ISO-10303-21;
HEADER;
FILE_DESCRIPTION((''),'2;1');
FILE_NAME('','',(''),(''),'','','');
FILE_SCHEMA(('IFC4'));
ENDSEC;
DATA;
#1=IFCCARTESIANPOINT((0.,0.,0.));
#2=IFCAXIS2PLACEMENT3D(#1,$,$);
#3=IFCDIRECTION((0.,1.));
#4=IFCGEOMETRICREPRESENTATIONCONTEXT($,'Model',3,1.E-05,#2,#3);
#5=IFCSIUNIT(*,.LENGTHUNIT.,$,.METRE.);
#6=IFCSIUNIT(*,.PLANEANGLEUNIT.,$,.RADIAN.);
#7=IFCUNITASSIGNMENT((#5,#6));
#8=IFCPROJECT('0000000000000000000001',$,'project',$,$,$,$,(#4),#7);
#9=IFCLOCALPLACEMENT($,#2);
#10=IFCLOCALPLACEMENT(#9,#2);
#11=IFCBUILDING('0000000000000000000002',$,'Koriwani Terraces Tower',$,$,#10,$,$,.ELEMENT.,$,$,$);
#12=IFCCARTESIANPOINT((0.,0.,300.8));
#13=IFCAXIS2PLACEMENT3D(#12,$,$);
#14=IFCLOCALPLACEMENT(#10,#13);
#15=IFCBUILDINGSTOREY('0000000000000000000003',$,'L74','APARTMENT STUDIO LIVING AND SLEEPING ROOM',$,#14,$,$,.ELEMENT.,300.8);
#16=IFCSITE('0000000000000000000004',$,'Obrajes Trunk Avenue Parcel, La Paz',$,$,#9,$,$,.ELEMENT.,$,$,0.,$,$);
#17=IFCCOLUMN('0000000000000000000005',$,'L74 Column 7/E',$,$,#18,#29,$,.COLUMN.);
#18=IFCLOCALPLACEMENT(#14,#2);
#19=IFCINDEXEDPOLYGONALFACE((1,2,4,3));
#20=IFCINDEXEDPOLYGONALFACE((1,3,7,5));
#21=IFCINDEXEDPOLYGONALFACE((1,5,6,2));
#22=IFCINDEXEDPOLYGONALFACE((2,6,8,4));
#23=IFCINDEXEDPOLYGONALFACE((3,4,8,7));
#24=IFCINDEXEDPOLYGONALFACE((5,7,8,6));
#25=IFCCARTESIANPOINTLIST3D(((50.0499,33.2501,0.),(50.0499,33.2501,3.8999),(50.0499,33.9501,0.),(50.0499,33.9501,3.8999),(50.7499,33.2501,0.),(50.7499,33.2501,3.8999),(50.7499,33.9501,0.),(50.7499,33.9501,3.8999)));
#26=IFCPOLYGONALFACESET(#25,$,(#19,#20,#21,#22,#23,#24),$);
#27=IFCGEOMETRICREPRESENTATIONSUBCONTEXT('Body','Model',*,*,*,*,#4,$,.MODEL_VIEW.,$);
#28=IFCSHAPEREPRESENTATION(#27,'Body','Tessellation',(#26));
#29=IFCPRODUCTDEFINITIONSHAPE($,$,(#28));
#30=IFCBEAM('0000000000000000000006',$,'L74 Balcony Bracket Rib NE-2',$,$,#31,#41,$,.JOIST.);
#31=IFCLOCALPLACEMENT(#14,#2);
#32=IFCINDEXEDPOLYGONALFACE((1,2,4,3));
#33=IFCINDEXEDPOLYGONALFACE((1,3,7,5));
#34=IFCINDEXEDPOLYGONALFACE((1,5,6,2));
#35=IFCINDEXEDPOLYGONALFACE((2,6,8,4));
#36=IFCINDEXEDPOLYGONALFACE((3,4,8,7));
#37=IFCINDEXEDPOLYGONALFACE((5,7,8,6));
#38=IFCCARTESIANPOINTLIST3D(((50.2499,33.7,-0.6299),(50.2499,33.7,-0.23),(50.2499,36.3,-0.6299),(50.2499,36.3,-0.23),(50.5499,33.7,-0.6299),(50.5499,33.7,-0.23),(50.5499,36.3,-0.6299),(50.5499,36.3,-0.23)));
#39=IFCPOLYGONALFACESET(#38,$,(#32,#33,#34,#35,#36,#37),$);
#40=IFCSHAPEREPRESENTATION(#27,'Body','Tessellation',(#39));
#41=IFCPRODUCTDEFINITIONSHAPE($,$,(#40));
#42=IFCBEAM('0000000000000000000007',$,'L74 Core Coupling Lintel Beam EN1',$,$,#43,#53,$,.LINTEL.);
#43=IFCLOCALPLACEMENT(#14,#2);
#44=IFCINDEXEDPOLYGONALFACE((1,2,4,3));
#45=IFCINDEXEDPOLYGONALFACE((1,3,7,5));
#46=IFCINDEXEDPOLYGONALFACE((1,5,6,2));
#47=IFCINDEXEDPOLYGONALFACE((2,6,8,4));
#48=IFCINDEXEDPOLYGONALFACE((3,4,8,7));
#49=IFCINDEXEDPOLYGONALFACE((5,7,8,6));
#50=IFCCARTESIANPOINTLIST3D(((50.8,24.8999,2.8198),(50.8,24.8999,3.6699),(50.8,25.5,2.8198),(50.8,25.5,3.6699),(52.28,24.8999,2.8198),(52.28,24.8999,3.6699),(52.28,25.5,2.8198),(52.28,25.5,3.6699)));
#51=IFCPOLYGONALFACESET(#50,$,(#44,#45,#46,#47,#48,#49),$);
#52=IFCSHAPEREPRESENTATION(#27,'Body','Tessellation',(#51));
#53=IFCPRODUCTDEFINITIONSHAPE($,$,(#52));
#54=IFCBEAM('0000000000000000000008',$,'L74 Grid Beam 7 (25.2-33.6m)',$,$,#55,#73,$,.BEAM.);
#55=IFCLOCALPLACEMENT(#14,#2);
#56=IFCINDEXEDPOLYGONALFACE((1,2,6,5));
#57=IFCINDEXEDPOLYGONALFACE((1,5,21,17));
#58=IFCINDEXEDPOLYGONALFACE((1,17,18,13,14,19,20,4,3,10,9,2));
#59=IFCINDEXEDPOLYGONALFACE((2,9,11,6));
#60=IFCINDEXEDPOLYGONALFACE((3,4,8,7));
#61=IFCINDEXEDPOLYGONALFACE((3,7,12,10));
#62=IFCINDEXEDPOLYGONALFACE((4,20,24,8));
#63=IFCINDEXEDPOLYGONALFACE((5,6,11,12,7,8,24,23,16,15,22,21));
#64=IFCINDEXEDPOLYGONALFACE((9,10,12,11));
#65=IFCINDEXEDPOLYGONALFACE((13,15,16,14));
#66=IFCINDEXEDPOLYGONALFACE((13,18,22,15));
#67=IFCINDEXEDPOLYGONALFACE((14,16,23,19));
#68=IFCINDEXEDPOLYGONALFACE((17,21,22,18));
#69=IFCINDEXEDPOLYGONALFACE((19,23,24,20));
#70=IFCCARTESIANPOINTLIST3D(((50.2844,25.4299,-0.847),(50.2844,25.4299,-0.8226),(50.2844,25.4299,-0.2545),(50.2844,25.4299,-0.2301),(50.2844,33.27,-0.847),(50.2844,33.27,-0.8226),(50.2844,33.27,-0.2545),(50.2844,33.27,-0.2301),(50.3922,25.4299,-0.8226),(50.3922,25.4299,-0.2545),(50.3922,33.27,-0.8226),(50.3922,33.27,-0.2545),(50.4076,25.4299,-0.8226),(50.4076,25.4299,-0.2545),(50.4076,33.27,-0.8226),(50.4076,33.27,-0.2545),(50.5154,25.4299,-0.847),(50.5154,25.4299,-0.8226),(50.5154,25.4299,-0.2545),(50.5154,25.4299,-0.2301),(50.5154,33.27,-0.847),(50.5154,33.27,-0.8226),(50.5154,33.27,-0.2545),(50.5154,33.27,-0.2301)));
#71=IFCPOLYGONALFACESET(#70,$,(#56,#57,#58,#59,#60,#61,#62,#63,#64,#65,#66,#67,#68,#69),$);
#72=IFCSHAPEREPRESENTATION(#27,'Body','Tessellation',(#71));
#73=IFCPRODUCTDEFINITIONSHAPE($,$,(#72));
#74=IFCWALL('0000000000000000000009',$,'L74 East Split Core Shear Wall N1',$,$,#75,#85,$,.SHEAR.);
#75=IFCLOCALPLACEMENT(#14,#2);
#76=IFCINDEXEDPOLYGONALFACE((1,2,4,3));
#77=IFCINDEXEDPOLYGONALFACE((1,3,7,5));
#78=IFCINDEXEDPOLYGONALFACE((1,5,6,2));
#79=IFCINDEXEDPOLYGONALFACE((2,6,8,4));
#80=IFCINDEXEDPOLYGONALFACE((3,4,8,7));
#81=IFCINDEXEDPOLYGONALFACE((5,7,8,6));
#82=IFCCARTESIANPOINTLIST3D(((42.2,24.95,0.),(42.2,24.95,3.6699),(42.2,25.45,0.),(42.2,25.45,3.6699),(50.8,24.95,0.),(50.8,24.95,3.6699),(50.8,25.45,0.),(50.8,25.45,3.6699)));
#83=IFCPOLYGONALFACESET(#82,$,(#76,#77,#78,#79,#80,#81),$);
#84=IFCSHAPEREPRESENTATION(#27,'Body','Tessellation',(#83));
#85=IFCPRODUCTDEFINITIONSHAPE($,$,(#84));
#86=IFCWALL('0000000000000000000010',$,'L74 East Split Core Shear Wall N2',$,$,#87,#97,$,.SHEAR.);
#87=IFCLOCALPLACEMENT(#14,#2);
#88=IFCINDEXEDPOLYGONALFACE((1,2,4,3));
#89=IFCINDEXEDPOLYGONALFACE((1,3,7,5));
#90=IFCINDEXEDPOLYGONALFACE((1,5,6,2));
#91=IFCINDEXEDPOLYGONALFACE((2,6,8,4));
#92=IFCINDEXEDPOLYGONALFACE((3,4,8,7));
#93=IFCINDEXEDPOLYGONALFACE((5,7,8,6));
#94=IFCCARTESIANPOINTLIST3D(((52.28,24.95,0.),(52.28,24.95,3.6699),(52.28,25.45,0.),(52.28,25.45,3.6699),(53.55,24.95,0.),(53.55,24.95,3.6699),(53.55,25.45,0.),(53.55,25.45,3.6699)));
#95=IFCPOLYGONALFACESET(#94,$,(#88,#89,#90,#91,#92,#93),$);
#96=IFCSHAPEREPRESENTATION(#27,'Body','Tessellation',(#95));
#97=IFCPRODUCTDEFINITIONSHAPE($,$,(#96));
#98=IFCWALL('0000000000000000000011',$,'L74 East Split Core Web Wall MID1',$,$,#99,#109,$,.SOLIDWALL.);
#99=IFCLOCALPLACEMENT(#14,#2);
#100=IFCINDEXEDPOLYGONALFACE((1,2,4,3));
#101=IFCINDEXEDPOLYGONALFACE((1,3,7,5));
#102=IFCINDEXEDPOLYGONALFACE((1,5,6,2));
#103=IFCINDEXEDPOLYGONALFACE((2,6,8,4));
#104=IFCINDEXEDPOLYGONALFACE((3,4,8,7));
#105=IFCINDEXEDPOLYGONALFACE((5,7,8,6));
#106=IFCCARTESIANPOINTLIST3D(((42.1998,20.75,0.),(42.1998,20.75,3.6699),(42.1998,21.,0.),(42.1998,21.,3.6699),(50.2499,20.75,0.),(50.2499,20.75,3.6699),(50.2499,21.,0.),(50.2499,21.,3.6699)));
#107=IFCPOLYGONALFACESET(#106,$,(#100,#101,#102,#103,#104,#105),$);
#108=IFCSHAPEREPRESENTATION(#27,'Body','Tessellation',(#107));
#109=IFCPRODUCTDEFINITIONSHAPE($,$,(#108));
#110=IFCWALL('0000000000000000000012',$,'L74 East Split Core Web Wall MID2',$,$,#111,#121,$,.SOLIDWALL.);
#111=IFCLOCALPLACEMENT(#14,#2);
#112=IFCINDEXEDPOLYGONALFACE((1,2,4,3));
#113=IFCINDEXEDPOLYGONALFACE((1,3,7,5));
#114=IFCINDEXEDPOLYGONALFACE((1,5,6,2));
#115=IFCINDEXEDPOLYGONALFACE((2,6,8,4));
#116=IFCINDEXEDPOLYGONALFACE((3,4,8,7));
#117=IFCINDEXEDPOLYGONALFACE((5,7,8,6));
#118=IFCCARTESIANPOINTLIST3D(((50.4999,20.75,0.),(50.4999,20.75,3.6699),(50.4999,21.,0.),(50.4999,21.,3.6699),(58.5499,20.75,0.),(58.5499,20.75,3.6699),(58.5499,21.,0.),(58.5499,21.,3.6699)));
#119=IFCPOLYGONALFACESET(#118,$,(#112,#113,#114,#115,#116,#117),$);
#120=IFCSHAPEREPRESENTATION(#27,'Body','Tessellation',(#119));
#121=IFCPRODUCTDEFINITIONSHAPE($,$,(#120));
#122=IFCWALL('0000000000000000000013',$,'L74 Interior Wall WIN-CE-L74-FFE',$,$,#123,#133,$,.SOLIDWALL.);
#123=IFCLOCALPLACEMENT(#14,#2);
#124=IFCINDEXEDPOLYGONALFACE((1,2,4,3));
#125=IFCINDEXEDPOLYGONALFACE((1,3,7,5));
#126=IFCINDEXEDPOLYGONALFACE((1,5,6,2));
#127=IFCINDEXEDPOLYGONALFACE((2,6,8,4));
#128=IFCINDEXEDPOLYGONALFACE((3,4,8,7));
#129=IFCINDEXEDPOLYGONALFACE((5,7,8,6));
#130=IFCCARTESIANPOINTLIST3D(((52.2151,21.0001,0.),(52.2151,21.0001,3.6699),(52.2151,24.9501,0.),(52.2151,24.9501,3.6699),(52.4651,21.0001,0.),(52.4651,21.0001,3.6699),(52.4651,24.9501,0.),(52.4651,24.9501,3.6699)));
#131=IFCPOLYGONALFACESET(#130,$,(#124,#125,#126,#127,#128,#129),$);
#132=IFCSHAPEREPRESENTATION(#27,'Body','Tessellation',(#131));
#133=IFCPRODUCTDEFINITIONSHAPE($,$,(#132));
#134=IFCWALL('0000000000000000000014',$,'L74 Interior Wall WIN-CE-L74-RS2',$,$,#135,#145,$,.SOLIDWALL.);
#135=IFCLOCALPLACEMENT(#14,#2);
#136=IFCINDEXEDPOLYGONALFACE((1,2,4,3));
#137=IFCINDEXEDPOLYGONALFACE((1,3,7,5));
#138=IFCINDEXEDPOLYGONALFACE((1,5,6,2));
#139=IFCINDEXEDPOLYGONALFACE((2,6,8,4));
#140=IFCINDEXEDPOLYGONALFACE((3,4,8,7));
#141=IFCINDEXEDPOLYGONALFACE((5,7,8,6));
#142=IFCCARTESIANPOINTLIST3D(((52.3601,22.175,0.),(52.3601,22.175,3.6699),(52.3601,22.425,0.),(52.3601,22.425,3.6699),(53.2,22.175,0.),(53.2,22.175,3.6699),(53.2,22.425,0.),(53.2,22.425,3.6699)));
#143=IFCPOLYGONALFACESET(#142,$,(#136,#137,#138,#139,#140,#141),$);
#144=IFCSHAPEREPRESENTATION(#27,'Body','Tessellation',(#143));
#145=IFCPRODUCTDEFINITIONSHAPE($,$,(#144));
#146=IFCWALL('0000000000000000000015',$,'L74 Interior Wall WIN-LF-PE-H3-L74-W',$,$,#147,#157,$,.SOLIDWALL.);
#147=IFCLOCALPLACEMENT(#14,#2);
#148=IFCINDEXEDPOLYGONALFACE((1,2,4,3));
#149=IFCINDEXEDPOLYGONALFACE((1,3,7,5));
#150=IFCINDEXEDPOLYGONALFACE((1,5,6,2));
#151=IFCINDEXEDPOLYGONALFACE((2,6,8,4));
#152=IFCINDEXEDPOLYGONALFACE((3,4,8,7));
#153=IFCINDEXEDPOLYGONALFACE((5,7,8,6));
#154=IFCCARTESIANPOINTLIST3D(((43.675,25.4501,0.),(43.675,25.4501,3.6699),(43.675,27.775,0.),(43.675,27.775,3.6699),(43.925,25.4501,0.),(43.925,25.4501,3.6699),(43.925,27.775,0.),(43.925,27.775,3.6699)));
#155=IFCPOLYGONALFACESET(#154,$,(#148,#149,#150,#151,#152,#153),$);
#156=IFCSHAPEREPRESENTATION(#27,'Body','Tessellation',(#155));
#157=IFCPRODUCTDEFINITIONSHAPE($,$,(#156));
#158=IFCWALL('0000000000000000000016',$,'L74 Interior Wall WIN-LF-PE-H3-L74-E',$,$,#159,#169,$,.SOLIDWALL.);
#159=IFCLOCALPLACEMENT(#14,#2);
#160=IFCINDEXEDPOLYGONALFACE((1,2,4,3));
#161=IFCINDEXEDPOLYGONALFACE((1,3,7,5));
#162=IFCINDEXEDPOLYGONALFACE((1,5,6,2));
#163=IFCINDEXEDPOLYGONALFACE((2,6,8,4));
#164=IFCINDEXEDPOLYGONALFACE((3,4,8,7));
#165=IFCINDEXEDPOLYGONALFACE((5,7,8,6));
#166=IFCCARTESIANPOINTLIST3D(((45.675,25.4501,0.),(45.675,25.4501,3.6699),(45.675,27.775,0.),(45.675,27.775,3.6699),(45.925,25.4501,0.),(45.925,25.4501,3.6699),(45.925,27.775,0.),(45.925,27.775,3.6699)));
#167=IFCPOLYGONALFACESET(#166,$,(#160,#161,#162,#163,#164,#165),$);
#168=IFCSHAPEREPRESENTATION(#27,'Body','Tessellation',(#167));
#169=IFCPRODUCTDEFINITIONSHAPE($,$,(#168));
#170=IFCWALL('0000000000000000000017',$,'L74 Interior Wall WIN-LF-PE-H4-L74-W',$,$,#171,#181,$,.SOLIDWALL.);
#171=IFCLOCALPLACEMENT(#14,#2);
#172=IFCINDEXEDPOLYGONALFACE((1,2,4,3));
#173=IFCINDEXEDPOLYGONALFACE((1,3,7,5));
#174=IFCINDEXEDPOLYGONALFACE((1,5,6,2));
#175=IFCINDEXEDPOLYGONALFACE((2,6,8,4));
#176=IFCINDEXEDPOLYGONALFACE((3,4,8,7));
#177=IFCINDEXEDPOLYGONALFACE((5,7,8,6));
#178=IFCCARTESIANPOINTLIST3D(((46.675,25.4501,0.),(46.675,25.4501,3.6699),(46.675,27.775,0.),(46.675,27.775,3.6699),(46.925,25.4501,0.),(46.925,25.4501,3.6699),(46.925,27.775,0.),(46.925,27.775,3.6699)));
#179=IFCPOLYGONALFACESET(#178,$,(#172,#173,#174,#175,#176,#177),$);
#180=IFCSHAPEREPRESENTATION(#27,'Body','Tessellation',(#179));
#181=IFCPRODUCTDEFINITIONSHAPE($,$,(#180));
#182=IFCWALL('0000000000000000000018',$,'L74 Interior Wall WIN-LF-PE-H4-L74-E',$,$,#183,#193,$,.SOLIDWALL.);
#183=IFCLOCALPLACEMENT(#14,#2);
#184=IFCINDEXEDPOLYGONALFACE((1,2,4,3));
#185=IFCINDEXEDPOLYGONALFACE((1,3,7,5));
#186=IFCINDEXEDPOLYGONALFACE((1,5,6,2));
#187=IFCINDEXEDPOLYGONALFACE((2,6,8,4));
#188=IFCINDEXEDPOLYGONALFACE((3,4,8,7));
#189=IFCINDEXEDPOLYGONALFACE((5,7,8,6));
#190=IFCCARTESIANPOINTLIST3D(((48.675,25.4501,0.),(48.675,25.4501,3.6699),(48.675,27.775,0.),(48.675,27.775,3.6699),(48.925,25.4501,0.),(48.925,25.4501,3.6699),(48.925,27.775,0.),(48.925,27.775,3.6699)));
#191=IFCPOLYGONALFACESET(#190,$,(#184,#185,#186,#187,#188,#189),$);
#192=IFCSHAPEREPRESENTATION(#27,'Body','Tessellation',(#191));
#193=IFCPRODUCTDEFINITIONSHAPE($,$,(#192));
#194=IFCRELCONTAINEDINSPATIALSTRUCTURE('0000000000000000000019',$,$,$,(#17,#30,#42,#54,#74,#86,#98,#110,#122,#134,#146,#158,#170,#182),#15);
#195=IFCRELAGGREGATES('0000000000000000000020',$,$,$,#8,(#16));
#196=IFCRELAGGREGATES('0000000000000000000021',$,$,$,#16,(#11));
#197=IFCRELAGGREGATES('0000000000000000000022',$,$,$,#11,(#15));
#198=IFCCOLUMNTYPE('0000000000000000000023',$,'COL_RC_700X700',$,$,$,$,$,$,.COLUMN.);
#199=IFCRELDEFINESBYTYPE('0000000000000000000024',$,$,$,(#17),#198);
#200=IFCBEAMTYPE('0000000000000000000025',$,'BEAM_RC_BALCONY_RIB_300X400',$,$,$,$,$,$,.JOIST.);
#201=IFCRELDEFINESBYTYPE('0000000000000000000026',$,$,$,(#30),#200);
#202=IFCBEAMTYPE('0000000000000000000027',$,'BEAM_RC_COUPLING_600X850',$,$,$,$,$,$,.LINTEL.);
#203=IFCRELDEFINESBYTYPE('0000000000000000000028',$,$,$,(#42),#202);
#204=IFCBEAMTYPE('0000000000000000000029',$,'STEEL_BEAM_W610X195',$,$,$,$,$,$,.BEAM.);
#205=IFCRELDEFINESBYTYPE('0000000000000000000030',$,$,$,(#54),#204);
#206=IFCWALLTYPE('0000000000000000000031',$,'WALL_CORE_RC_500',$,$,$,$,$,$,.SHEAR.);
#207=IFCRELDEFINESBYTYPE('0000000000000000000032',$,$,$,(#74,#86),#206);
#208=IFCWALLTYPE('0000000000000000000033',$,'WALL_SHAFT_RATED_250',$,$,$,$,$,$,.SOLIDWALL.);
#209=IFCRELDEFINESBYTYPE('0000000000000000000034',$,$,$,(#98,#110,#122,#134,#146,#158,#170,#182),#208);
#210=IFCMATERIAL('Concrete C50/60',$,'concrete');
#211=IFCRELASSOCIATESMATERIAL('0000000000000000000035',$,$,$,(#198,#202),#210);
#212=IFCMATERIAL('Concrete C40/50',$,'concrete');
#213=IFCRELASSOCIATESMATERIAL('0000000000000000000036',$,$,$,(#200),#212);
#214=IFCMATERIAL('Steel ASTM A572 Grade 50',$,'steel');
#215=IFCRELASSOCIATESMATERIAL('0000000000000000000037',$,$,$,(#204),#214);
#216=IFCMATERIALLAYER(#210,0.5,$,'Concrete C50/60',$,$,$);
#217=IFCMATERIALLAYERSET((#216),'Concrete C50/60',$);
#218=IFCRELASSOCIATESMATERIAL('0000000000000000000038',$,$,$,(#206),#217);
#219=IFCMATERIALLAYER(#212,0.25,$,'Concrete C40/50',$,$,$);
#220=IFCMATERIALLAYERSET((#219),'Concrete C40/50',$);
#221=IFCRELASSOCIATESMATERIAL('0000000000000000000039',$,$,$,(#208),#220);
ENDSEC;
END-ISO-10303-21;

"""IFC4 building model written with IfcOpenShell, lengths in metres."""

from ifc_helpers import new_model, si_unit, direction, frame, frame_2d, origin, origin_2d, place, context, subcontext, project, spatial, rectangle, i_section, extrude, material, layer, layer_set, material_profile, profile_set, type_object, element, save


model = new_model("IFC4")

# Units and contexts
model_context = context("Model", 3, precision=1e-05, world=origin(), true_north=direction((0.0, 1.0)))
body_context = subcontext(model_context, "Body", "Model", "MODEL_VIEW")
ifc_project = project(units=[si_unit("LENGTHUNIT", "METRE"), si_unit("PLANEANGLEUNIT", "RADIAN")], contexts=[model_context])

# Site, building, storey
site_placement = place(None, origin())
site = spatial("IfcSite", under=ifc_project, at=site_placement, Name="Obrajes Trunk Avenue Parcel, La Paz", CompositionType="ELEMENT", RefElevation=0.0)
building_placement = place(site_placement, origin())
building = spatial("IfcBuilding", under=site, at=building_placement, Name="Koriwani Terraces Tower", CompositionType="ELEMENT")
storey_placement = place(building_placement, frame((0.0, 0.0, 300.8)))
storey = spatial("IfcBuildingStorey", under=building, at=storey_placement, Name="L74", Description="APARTMENT STUDIO LIVING AND SLEEPING ROOM", CompositionType="ELEMENT", Elevation=300.8)

# Column
ifc_material_1 = material(Name="Concrete C50/60", Category="concrete")
ifc_material_profile_1 = material_profile(ifc_material_1, rectangle(XDim=0.7, YDim=0.7, at=origin_2d()), Name="Concrete C50/60", Category="LoadBearing")
ifc_profile_set_1 = profile_set([ifc_material_profile_1], Name="Concrete C50/60")
column_type = type_object("IfcColumnType", Name="COL_RC_700X700", PredefinedType="COLUMN", material=ifc_profile_set_1)
column_placement = place(storey_placement, frame((50.3999, 33.6001, 0.0), z_axis=(0.0, 0.0, 1.0), x_axis=(1.0, 0.0, 0.0)))
element("IfcColumn", 1, at=column_placement, inside=storey, type_object=column_type, Name="L74 Column 7/E", PredefinedType="COLUMN", context=body_context, shape_type="SweptSolid", body=[
    extrude(rectangle(XDim=0.7, YDim=0.7, at=origin_2d()), origin(), (0.0, 0.0, 1.0), 3.8999),
])

# Beams
ifc_material_2 = material(Name="Concrete C40/50", Category="concrete")
ifc_material_profile_2 = material_profile(ifc_material_2, rectangle(XDim=0.3, YDim=0.3999, at=origin_2d()), Name="Concrete C40/50", Category="LoadBearing")
ifc_profile_set_2 = profile_set([ifc_material_profile_2], Name="Concrete C40/50")
beam_type_1 = type_object("IfcBeamType", Name="BEAM_RC_BALCONY_RIB_300X400", PredefinedType="JOIST", material=ifc_profile_set_2)
beam_1_placement = place(storey_placement, frame((50.3999, 33.7, -0.4299), z_axis=(0.0, 1.0, 0.0), x_axis=(-1.0, 0.0, 0.0)))
element("IfcBeam", 2, at=beam_1_placement, inside=storey, type_object=beam_type_1, Name="L74 Balcony Bracket Rib NE-2", PredefinedType="JOIST", context=body_context, shape_type="SweptSolid", body=[
    extrude(rectangle(XDim=0.3, YDim=0.3999, at=origin_2d()), origin(), (0.0, 0.0, 1.0), 2.6001),
])
ifc_material_profile_3 = material_profile(ifc_material_1, rectangle(XDim=0.6001, YDim=0.8501, at=origin_2d()), Name="Concrete C50/60", Category="LoadBearing")
ifc_profile_set_3 = profile_set([ifc_material_profile_3], Name="Concrete C50/60")
beam_type_2 = type_object("IfcBeamType", Name="BEAM_RC_COUPLING_600X850", PredefinedType="LINTEL", material=ifc_profile_set_3)
beam_2_placement = place(storey_placement, frame((50.8, 25.2, 3.2449), z_axis=(1.0, 0.0, 0.0), x_axis=(0.0, 1.0, 0.0)))
element("IfcBeam", 3, at=beam_2_placement, inside=storey, type_object=beam_type_2, Name="L74 Core Coupling Lintel Beam EN1", PredefinedType="LINTEL", context=body_context, shape_type="SweptSolid", body=[
    extrude(rectangle(XDim=0.6001, YDim=0.8501, at=origin_2d()), origin(), (0.0, 0.0, 1.0), 1.48),
])
ifc_material_3 = material(Name="Steel ASTM A572 Grade 50", Category="steel")
ifc_material_profile_4 = material_profile(ifc_material_3, i_section(OverallWidth=0.231, OverallDepth=0.6169, WebThickness=0.0154, FlangeThickness=0.0244, at=origin_2d()), Name="Steel ASTM A572 Grade 50", Category="LoadBearing")
ifc_profile_set_4 = profile_set([ifc_material_profile_4], Name="Steel ASTM A572 Grade 50")
beam_type_3 = type_object("IfcBeamType", Name="STEEL_BEAM_W610X195", PredefinedType="BEAM", material=ifc_profile_set_4)
beam_3_placement = place(storey_placement, frame((50.3999, 25.4299, -0.5386), z_axis=(0.0, 1.0, 0.0), x_axis=(-1.0, 0.0, 0.0)))
element("IfcBeam", 4, at=beam_3_placement, inside=storey, type_object=beam_type_3, Name="L74 Grid Beam 7 (25.2-33.6m)", PredefinedType="BEAM", context=body_context, shape_type="SweptSolid", body=[
    extrude(i_section(OverallWidth=0.231, OverallDepth=0.6169, WebThickness=0.0154, FlangeThickness=0.0244, at=origin_2d()), origin(), (0.0, 0.0, 1.0), 7.8401),
])

# Walls
ifc_layer_1 = layer(ifc_material_1, 0.5, Name="Concrete C50/60")
ifc_layer_set_1 = layer_set([ifc_layer_1], Name="Concrete C50/60")
wall_type_1 = type_object("IfcWallType", Name="WALL_CORE_RC_500", PredefinedType="SHEAR", material=ifc_layer_set_1)
wall_1_placement = place(storey_placement, frame((42.2, 25.2, 0.0), z_axis=(0.0, 0.0, 1.0), x_axis=(1.0, 0.0, 0.0)))
element("IfcWall", 5, at=wall_1_placement, inside=storey, type_object=wall_type_1, Name="L74 East Split Core Shear Wall N1", PredefinedType="SHEAR", context=body_context, shape_type="SweptSolid", body=[
    extrude(rectangle(XDim=8.6001, YDim=0.5, at=frame_2d((4.3, 0.0))), origin(), (0.0, 0.0, 1.0), 3.6699),
])
wall_2_placement = place(storey_placement, frame((52.28, 25.2, 0.0), z_axis=(0.0, 0.0, 1.0), x_axis=(1.0, 0.0, 0.0)))
element("IfcWall", 6, at=wall_2_placement, inside=storey, type_object=wall_type_1, Name="L74 East Split Core Shear Wall N2", PredefinedType="SHEAR", context=body_context, shape_type="SweptSolid", body=[
    extrude(rectangle(XDim=1.27, YDim=0.5, at=frame_2d((0.635, 0.0))), origin(), (0.0, 0.0, 1.0), 3.6699),
])
ifc_layer_2 = layer(ifc_material_2, 0.25, Name="Concrete C40/50")
ifc_layer_set_2 = layer_set([ifc_layer_2], Name="Concrete C40/50")
wall_type_2 = type_object("IfcWallType", Name="WALL_SHAFT_RATED_250", PredefinedType="SOLIDWALL", material=ifc_layer_set_2)
for number, where, z_axis, x_axis, name in (
    (7, (42.2, 20.875, 0.0), (0.0, 0.0, 1.0), (1.0, 0.0, 0.0), "L74 East Split Core Web Wall MID1"),
    (8, (50.5, 20.875, 0.0), (0.0, 0.0, 1.0), (1.0, 0.0, 0.0), "L74 East Split Core Web Wall MID2"),
):
    element("IfcWall", number, at=place(storey_placement, frame(where, z_axis=z_axis, x_axis=x_axis)), inside=storey, type_object=wall_type_2, Name=name, PredefinedType="SOLIDWALL", context=body_context, shape_type="SweptSolid", body=[
        extrude(rectangle(XDim=8.05, YDim=0.25, at=frame_2d((4.0249, 0.0))), origin(), (0.0, 0.0, 1.0), 3.6699),
    ])

# Walls
wall_3_placement = place(storey_placement, frame((52.3401, 21.0, 0.0), z_axis=(0.0, 0.0, 1.0), x_axis=(0.0, 1.0, 0.0)))
element("IfcWall", 9, at=wall_3_placement, inside=storey, type_object=wall_type_2, Name="L74 Interior Wall WIN-CE-L74-FFE", PredefinedType="SOLIDWALL", context=body_context, shape_type="SweptSolid", body=[
    extrude(rectangle(XDim=3.95, YDim=0.25, at=frame_2d((1.9751, 0.0))), origin(), (0.0, 0.0, 1.0), 3.6699),
])
wall_4_placement = place(storey_placement, frame((52.3601, 22.3, 0.0), z_axis=(0.0, 0.0, 1.0), x_axis=(1.0, 0.0, 0.0)))
element("IfcWall", 10, at=wall_4_placement, inside=storey, type_object=wall_type_2, Name="L74 Interior Wall WIN-CE-L74-RS2", PredefinedType="SOLIDWALL", context=body_context, shape_type="SweptSolid", body=[
    extrude(rectangle(XDim=0.8398, YDim=0.25, at=frame_2d((0.4199, 0.0))), origin(), (0.0, 0.0, 1.0), 3.6699),
])

# Walls
for number, where, z_axis, x_axis, name in (
    (11, (43.8, 25.45, 0.0), (0.0, 0.0, 1.0), (0.0, 1.0, 0.0), "L74 Interior Wall WIN-LF-PE-H3-L74-W"),
    (12, (45.8, 25.45, 0.0), (0.0, 0.0, 1.0), (0.0, 1.0, 0.0), "L74 Interior Wall WIN-LF-PE-H3-L74-E"),
):
    element("IfcWall", number, at=place(storey_placement, frame(where, z_axis=z_axis, x_axis=x_axis)), inside=storey, type_object=wall_type_2, Name=name, PredefinedType="SOLIDWALL", context=body_context, shape_type="SweptSolid", body=[
        extrude(rectangle(XDim=2.325, YDim=0.25, at=frame_2d((1.1626, 0.0))), origin(), (0.0, 0.0, 1.0), 3.6699),
    ])

# Walls
for number, where, z_axis, x_axis, name in (
    (13, (46.8, 25.45, 0.0), (0.0, 0.0, 1.0), (0.0, 1.0, 0.0), "L74 Interior Wall WIN-LF-PE-H4-L74-W"),
    (14, (48.8, 25.45, 0.0), (0.0, 0.0, 1.0), (0.0, 1.0, 0.0), "L74 Interior Wall WIN-LF-PE-H4-L74-E"),
):
    element("IfcWall", number, at=place(storey_placement, frame(where, z_axis=z_axis, x_axis=x_axis)), inside=storey, type_object=wall_type_2, Name=name, PredefinedType="SOLIDWALL", context=body_context, shape_type="SweptSolid", body=[
        extrude(rectangle(XDim=2.325, YDim=0.25, at=frame_2d((1.1626, 0.0))), origin(), (0.0, 0.0, 1.0), 3.6699),
    ])

save(model, "model.ifc")
